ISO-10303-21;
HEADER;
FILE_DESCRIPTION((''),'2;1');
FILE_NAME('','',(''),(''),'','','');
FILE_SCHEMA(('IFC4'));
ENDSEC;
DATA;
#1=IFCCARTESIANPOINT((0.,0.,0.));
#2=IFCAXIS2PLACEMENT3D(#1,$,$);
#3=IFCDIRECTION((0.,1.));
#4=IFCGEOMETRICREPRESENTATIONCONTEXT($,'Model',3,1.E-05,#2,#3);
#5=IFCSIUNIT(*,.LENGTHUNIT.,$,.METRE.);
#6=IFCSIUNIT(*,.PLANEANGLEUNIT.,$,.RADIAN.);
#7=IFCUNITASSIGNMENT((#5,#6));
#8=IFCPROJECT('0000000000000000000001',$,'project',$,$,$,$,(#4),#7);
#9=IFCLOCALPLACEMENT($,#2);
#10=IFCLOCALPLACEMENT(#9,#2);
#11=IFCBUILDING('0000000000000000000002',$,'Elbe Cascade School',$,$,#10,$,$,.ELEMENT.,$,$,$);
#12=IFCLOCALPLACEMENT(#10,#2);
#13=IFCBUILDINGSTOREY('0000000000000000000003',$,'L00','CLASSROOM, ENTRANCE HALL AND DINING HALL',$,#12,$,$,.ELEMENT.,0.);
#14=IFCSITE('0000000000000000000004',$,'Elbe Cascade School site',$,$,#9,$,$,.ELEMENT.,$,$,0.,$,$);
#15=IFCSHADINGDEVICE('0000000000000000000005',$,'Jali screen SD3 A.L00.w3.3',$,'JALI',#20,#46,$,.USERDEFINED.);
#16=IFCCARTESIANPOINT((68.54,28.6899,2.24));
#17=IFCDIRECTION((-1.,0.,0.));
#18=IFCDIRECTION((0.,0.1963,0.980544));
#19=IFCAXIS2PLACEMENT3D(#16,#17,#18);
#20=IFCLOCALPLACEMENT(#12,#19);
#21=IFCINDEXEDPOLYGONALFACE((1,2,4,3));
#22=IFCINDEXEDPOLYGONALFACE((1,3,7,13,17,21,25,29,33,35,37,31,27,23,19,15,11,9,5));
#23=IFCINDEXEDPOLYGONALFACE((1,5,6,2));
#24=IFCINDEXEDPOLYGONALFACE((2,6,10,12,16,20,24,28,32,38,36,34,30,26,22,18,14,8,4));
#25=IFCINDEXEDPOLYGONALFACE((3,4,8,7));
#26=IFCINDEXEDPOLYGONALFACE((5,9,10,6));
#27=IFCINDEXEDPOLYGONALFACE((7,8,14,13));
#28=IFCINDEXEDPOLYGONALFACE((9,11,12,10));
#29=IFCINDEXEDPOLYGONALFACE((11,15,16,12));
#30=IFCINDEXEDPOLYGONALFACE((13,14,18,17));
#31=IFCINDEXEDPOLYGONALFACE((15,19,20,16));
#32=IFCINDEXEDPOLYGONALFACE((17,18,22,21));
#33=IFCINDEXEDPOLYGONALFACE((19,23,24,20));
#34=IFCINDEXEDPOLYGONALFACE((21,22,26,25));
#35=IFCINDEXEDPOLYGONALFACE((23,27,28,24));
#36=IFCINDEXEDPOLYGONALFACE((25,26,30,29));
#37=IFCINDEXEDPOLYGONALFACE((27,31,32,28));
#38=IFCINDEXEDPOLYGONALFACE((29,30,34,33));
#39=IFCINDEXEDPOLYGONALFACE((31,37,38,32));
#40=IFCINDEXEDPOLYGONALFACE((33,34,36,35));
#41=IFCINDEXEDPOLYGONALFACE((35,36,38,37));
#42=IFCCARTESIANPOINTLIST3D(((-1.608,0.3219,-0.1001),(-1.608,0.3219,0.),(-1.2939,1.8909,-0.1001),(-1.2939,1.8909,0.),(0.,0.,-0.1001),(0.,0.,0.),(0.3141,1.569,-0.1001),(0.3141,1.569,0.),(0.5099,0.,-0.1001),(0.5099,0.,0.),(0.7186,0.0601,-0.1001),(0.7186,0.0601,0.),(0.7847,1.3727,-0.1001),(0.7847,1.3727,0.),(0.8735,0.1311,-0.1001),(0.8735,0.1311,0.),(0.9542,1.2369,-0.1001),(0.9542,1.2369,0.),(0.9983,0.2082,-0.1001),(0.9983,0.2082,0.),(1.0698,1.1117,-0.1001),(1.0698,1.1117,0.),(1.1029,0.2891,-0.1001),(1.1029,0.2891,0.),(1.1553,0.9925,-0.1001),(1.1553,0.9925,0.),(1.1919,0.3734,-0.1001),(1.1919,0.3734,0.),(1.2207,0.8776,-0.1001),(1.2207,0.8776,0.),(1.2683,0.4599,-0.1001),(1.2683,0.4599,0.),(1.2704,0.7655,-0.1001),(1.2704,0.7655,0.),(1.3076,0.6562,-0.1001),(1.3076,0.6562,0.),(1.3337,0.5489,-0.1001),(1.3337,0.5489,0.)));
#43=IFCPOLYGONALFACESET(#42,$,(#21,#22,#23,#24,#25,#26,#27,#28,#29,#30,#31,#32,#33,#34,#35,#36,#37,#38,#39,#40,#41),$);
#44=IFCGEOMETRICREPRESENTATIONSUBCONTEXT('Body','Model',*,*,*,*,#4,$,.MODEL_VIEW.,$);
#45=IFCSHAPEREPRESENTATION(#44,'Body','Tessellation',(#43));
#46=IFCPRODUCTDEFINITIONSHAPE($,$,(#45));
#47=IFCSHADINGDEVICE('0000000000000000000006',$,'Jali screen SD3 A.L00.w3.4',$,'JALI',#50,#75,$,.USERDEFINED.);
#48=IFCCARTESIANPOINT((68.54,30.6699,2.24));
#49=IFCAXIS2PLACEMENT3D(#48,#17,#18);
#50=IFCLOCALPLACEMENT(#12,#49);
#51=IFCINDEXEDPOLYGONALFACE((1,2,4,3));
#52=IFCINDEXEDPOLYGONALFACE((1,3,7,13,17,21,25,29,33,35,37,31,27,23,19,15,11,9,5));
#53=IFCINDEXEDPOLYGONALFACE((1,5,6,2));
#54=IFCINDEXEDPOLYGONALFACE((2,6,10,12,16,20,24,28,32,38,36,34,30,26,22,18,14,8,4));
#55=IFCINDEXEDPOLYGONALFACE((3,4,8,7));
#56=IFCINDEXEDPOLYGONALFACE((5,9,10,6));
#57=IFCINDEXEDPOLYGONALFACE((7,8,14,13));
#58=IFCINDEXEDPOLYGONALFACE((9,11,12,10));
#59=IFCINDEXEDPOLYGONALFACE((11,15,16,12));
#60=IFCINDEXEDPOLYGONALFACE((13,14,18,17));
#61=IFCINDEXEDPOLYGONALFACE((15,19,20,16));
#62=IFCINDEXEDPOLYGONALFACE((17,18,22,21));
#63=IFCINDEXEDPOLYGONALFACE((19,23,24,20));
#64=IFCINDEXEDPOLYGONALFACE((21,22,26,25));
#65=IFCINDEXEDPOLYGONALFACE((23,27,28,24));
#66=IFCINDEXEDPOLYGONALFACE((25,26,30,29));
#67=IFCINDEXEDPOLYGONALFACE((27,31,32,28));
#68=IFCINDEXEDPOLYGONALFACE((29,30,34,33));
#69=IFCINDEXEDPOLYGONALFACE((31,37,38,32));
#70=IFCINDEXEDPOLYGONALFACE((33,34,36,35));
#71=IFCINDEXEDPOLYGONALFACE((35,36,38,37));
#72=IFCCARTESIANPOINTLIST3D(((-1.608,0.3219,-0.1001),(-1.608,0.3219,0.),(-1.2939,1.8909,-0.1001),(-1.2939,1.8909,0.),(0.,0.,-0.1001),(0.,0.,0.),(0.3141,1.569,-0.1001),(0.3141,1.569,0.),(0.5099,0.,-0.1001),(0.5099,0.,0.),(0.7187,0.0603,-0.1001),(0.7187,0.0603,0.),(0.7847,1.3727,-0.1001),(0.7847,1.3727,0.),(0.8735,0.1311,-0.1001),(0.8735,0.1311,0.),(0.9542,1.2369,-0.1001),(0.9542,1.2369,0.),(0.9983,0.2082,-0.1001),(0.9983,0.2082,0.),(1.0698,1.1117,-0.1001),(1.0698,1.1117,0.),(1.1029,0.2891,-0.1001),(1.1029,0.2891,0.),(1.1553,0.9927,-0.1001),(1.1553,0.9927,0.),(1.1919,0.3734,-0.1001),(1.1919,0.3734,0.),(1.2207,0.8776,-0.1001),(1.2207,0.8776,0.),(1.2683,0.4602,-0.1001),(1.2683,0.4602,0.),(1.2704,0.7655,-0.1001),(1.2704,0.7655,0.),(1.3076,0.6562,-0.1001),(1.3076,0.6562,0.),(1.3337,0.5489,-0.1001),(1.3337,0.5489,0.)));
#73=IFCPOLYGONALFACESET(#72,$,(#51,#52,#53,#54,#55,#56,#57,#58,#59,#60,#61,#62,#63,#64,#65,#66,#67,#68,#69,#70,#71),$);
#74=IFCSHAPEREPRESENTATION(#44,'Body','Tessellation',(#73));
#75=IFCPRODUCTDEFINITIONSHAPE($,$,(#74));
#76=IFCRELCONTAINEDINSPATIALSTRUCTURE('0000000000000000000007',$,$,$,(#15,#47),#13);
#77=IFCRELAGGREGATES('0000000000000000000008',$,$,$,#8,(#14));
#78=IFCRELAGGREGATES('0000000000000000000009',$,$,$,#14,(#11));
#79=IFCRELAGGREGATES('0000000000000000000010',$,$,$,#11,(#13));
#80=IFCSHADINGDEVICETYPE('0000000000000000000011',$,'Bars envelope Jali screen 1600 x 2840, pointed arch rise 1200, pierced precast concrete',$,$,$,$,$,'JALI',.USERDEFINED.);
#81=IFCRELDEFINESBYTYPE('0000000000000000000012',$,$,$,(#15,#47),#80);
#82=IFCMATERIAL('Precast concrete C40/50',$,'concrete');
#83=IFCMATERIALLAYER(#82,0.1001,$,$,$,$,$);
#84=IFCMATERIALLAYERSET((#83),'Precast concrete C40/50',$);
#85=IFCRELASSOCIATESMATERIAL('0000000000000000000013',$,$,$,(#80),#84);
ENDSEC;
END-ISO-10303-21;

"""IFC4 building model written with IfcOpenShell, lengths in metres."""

from ifc_helpers import new_model, si_unit, direction, frame, origin, place, context, subcontext, project, spatial, polyline, outline, extrude, material, layer, layer_set, type_object, element, save


model = new_model("IFC4")

# Units and contexts
model_context = context("Model", 3, precision=1e-05, world=origin(), true_north=direction((0.0, 1.0)))
body_context = subcontext(model_context, "Body", "Model", "MODEL_VIEW")
ifc_project = project(units=[si_unit("LENGTHUNIT", "METRE"), si_unit("PLANEANGLEUNIT", "RADIAN")], contexts=[model_context])

# Site, building, storey
site_placement = place(None, origin())
site = spatial("IfcSite", under=ifc_project, at=site_placement, Name="Elbe Cascade School site", CompositionType="ELEMENT", RefElevation=0.0)
building_placement = place(site_placement, origin())
building = spatial("IfcBuilding", under=site, at=building_placement, Name="Elbe Cascade School", CompositionType="ELEMENT")
storey_placement = place(building_placement, origin())
storey = spatial("IfcBuildingStorey", under=building, at=storey_placement, Name="L00", Description="CLASSROOM, ENTRANCE HALL AND DINING HALL", CompositionType="ELEMENT", Elevation=0.0)

# Shading devices
ifc_material_1 = material(Name="Precast concrete C40/50", Category="concrete")
ifc_layer_1 = layer(ifc_material_1, 0.1001)
ifc_layer_set_1 = layer_set([ifc_layer_1], Name="Precast concrete C40/50")
shading_device_type = type_object("IfcShadingDeviceType", Name="Bars envelope Jali screen 1600 x 2840, pointed arch rise 1200, pierced precast concrete", ElementType="JALI", PredefinedType="USERDEFINED", material=ifc_layer_set_1)
shading_device_1_placement = place(storey_placement, frame((68.54, 28.6899, 2.24), z_axis=(-1.0, 0.0, 0.0), x_axis=(0.0, 0.1963, 0.980544)))
element("IfcShadingDevice", 1, at=shading_device_1_placement, inside=storey, type_object=shading_device_type, Name="Jali screen SD3 A.L00.w3.3", ObjectType="JALI", PredefinedType="USERDEFINED", context=body_context, shape_type="SweptSolid", body=[
    extrude(outline(polyline([(0.0, 0.0), (0.5099, 0.0), (0.7186, 0.0601), (0.8735, 0.1311), (0.9983, 0.2082), (1.1029, 0.2891), (1.1919, 0.3734), (1.2683, 0.4599), (1.3337, 0.5489), (1.3076, 0.6562), (1.2704, 0.7655), (1.2207, 0.8776), (1.1553, 0.9925), (1.0698, 1.1117), (0.9542, 1.2369), (0.7847, 1.3727), (0.3141, 1.569), (-1.2939, 1.8909), (-1.608, 0.3219), (0.0, 0.0)])), origin(), (0.0, 0.0, -1.0), 0.1001),
])
shading_device_2_placement = place(storey_placement, frame((68.54, 30.6699, 2.24), z_axis=(-1.0, 0.0, 0.0), x_axis=(0.0, 0.1963, 0.980544)))
element("IfcShadingDevice", 2, at=shading_device_2_placement, inside=storey, type_object=shading_device_type, Name="Jali screen SD3 A.L00.w3.4", ObjectType="JALI", PredefinedType="USERDEFINED", context=body_context, shape_type="SweptSolid", body=[
    extrude(outline(polyline([(0.0, 0.0), (0.5099, 0.0), (0.7187, 0.0603), (0.8735, 0.1311), (0.9983, 0.2082), (1.1029, 0.2891), (1.1919, 0.3734), (1.2683, 0.4602), (1.3337, 0.5489), (1.3076, 0.6562), (1.2704, 0.7655), (1.2207, 0.8776), (1.1553, 0.9927), (1.0698, 1.1117), (0.9542, 1.2369), (0.7847, 1.3727), (0.3141, 1.569), (-1.2939, 1.8909), (-1.608, 0.3219), (0.0, 0.0)])), origin(), (0.0, 0.0, -1.0), 0.1001),
])

save(model, "model.ifc")
